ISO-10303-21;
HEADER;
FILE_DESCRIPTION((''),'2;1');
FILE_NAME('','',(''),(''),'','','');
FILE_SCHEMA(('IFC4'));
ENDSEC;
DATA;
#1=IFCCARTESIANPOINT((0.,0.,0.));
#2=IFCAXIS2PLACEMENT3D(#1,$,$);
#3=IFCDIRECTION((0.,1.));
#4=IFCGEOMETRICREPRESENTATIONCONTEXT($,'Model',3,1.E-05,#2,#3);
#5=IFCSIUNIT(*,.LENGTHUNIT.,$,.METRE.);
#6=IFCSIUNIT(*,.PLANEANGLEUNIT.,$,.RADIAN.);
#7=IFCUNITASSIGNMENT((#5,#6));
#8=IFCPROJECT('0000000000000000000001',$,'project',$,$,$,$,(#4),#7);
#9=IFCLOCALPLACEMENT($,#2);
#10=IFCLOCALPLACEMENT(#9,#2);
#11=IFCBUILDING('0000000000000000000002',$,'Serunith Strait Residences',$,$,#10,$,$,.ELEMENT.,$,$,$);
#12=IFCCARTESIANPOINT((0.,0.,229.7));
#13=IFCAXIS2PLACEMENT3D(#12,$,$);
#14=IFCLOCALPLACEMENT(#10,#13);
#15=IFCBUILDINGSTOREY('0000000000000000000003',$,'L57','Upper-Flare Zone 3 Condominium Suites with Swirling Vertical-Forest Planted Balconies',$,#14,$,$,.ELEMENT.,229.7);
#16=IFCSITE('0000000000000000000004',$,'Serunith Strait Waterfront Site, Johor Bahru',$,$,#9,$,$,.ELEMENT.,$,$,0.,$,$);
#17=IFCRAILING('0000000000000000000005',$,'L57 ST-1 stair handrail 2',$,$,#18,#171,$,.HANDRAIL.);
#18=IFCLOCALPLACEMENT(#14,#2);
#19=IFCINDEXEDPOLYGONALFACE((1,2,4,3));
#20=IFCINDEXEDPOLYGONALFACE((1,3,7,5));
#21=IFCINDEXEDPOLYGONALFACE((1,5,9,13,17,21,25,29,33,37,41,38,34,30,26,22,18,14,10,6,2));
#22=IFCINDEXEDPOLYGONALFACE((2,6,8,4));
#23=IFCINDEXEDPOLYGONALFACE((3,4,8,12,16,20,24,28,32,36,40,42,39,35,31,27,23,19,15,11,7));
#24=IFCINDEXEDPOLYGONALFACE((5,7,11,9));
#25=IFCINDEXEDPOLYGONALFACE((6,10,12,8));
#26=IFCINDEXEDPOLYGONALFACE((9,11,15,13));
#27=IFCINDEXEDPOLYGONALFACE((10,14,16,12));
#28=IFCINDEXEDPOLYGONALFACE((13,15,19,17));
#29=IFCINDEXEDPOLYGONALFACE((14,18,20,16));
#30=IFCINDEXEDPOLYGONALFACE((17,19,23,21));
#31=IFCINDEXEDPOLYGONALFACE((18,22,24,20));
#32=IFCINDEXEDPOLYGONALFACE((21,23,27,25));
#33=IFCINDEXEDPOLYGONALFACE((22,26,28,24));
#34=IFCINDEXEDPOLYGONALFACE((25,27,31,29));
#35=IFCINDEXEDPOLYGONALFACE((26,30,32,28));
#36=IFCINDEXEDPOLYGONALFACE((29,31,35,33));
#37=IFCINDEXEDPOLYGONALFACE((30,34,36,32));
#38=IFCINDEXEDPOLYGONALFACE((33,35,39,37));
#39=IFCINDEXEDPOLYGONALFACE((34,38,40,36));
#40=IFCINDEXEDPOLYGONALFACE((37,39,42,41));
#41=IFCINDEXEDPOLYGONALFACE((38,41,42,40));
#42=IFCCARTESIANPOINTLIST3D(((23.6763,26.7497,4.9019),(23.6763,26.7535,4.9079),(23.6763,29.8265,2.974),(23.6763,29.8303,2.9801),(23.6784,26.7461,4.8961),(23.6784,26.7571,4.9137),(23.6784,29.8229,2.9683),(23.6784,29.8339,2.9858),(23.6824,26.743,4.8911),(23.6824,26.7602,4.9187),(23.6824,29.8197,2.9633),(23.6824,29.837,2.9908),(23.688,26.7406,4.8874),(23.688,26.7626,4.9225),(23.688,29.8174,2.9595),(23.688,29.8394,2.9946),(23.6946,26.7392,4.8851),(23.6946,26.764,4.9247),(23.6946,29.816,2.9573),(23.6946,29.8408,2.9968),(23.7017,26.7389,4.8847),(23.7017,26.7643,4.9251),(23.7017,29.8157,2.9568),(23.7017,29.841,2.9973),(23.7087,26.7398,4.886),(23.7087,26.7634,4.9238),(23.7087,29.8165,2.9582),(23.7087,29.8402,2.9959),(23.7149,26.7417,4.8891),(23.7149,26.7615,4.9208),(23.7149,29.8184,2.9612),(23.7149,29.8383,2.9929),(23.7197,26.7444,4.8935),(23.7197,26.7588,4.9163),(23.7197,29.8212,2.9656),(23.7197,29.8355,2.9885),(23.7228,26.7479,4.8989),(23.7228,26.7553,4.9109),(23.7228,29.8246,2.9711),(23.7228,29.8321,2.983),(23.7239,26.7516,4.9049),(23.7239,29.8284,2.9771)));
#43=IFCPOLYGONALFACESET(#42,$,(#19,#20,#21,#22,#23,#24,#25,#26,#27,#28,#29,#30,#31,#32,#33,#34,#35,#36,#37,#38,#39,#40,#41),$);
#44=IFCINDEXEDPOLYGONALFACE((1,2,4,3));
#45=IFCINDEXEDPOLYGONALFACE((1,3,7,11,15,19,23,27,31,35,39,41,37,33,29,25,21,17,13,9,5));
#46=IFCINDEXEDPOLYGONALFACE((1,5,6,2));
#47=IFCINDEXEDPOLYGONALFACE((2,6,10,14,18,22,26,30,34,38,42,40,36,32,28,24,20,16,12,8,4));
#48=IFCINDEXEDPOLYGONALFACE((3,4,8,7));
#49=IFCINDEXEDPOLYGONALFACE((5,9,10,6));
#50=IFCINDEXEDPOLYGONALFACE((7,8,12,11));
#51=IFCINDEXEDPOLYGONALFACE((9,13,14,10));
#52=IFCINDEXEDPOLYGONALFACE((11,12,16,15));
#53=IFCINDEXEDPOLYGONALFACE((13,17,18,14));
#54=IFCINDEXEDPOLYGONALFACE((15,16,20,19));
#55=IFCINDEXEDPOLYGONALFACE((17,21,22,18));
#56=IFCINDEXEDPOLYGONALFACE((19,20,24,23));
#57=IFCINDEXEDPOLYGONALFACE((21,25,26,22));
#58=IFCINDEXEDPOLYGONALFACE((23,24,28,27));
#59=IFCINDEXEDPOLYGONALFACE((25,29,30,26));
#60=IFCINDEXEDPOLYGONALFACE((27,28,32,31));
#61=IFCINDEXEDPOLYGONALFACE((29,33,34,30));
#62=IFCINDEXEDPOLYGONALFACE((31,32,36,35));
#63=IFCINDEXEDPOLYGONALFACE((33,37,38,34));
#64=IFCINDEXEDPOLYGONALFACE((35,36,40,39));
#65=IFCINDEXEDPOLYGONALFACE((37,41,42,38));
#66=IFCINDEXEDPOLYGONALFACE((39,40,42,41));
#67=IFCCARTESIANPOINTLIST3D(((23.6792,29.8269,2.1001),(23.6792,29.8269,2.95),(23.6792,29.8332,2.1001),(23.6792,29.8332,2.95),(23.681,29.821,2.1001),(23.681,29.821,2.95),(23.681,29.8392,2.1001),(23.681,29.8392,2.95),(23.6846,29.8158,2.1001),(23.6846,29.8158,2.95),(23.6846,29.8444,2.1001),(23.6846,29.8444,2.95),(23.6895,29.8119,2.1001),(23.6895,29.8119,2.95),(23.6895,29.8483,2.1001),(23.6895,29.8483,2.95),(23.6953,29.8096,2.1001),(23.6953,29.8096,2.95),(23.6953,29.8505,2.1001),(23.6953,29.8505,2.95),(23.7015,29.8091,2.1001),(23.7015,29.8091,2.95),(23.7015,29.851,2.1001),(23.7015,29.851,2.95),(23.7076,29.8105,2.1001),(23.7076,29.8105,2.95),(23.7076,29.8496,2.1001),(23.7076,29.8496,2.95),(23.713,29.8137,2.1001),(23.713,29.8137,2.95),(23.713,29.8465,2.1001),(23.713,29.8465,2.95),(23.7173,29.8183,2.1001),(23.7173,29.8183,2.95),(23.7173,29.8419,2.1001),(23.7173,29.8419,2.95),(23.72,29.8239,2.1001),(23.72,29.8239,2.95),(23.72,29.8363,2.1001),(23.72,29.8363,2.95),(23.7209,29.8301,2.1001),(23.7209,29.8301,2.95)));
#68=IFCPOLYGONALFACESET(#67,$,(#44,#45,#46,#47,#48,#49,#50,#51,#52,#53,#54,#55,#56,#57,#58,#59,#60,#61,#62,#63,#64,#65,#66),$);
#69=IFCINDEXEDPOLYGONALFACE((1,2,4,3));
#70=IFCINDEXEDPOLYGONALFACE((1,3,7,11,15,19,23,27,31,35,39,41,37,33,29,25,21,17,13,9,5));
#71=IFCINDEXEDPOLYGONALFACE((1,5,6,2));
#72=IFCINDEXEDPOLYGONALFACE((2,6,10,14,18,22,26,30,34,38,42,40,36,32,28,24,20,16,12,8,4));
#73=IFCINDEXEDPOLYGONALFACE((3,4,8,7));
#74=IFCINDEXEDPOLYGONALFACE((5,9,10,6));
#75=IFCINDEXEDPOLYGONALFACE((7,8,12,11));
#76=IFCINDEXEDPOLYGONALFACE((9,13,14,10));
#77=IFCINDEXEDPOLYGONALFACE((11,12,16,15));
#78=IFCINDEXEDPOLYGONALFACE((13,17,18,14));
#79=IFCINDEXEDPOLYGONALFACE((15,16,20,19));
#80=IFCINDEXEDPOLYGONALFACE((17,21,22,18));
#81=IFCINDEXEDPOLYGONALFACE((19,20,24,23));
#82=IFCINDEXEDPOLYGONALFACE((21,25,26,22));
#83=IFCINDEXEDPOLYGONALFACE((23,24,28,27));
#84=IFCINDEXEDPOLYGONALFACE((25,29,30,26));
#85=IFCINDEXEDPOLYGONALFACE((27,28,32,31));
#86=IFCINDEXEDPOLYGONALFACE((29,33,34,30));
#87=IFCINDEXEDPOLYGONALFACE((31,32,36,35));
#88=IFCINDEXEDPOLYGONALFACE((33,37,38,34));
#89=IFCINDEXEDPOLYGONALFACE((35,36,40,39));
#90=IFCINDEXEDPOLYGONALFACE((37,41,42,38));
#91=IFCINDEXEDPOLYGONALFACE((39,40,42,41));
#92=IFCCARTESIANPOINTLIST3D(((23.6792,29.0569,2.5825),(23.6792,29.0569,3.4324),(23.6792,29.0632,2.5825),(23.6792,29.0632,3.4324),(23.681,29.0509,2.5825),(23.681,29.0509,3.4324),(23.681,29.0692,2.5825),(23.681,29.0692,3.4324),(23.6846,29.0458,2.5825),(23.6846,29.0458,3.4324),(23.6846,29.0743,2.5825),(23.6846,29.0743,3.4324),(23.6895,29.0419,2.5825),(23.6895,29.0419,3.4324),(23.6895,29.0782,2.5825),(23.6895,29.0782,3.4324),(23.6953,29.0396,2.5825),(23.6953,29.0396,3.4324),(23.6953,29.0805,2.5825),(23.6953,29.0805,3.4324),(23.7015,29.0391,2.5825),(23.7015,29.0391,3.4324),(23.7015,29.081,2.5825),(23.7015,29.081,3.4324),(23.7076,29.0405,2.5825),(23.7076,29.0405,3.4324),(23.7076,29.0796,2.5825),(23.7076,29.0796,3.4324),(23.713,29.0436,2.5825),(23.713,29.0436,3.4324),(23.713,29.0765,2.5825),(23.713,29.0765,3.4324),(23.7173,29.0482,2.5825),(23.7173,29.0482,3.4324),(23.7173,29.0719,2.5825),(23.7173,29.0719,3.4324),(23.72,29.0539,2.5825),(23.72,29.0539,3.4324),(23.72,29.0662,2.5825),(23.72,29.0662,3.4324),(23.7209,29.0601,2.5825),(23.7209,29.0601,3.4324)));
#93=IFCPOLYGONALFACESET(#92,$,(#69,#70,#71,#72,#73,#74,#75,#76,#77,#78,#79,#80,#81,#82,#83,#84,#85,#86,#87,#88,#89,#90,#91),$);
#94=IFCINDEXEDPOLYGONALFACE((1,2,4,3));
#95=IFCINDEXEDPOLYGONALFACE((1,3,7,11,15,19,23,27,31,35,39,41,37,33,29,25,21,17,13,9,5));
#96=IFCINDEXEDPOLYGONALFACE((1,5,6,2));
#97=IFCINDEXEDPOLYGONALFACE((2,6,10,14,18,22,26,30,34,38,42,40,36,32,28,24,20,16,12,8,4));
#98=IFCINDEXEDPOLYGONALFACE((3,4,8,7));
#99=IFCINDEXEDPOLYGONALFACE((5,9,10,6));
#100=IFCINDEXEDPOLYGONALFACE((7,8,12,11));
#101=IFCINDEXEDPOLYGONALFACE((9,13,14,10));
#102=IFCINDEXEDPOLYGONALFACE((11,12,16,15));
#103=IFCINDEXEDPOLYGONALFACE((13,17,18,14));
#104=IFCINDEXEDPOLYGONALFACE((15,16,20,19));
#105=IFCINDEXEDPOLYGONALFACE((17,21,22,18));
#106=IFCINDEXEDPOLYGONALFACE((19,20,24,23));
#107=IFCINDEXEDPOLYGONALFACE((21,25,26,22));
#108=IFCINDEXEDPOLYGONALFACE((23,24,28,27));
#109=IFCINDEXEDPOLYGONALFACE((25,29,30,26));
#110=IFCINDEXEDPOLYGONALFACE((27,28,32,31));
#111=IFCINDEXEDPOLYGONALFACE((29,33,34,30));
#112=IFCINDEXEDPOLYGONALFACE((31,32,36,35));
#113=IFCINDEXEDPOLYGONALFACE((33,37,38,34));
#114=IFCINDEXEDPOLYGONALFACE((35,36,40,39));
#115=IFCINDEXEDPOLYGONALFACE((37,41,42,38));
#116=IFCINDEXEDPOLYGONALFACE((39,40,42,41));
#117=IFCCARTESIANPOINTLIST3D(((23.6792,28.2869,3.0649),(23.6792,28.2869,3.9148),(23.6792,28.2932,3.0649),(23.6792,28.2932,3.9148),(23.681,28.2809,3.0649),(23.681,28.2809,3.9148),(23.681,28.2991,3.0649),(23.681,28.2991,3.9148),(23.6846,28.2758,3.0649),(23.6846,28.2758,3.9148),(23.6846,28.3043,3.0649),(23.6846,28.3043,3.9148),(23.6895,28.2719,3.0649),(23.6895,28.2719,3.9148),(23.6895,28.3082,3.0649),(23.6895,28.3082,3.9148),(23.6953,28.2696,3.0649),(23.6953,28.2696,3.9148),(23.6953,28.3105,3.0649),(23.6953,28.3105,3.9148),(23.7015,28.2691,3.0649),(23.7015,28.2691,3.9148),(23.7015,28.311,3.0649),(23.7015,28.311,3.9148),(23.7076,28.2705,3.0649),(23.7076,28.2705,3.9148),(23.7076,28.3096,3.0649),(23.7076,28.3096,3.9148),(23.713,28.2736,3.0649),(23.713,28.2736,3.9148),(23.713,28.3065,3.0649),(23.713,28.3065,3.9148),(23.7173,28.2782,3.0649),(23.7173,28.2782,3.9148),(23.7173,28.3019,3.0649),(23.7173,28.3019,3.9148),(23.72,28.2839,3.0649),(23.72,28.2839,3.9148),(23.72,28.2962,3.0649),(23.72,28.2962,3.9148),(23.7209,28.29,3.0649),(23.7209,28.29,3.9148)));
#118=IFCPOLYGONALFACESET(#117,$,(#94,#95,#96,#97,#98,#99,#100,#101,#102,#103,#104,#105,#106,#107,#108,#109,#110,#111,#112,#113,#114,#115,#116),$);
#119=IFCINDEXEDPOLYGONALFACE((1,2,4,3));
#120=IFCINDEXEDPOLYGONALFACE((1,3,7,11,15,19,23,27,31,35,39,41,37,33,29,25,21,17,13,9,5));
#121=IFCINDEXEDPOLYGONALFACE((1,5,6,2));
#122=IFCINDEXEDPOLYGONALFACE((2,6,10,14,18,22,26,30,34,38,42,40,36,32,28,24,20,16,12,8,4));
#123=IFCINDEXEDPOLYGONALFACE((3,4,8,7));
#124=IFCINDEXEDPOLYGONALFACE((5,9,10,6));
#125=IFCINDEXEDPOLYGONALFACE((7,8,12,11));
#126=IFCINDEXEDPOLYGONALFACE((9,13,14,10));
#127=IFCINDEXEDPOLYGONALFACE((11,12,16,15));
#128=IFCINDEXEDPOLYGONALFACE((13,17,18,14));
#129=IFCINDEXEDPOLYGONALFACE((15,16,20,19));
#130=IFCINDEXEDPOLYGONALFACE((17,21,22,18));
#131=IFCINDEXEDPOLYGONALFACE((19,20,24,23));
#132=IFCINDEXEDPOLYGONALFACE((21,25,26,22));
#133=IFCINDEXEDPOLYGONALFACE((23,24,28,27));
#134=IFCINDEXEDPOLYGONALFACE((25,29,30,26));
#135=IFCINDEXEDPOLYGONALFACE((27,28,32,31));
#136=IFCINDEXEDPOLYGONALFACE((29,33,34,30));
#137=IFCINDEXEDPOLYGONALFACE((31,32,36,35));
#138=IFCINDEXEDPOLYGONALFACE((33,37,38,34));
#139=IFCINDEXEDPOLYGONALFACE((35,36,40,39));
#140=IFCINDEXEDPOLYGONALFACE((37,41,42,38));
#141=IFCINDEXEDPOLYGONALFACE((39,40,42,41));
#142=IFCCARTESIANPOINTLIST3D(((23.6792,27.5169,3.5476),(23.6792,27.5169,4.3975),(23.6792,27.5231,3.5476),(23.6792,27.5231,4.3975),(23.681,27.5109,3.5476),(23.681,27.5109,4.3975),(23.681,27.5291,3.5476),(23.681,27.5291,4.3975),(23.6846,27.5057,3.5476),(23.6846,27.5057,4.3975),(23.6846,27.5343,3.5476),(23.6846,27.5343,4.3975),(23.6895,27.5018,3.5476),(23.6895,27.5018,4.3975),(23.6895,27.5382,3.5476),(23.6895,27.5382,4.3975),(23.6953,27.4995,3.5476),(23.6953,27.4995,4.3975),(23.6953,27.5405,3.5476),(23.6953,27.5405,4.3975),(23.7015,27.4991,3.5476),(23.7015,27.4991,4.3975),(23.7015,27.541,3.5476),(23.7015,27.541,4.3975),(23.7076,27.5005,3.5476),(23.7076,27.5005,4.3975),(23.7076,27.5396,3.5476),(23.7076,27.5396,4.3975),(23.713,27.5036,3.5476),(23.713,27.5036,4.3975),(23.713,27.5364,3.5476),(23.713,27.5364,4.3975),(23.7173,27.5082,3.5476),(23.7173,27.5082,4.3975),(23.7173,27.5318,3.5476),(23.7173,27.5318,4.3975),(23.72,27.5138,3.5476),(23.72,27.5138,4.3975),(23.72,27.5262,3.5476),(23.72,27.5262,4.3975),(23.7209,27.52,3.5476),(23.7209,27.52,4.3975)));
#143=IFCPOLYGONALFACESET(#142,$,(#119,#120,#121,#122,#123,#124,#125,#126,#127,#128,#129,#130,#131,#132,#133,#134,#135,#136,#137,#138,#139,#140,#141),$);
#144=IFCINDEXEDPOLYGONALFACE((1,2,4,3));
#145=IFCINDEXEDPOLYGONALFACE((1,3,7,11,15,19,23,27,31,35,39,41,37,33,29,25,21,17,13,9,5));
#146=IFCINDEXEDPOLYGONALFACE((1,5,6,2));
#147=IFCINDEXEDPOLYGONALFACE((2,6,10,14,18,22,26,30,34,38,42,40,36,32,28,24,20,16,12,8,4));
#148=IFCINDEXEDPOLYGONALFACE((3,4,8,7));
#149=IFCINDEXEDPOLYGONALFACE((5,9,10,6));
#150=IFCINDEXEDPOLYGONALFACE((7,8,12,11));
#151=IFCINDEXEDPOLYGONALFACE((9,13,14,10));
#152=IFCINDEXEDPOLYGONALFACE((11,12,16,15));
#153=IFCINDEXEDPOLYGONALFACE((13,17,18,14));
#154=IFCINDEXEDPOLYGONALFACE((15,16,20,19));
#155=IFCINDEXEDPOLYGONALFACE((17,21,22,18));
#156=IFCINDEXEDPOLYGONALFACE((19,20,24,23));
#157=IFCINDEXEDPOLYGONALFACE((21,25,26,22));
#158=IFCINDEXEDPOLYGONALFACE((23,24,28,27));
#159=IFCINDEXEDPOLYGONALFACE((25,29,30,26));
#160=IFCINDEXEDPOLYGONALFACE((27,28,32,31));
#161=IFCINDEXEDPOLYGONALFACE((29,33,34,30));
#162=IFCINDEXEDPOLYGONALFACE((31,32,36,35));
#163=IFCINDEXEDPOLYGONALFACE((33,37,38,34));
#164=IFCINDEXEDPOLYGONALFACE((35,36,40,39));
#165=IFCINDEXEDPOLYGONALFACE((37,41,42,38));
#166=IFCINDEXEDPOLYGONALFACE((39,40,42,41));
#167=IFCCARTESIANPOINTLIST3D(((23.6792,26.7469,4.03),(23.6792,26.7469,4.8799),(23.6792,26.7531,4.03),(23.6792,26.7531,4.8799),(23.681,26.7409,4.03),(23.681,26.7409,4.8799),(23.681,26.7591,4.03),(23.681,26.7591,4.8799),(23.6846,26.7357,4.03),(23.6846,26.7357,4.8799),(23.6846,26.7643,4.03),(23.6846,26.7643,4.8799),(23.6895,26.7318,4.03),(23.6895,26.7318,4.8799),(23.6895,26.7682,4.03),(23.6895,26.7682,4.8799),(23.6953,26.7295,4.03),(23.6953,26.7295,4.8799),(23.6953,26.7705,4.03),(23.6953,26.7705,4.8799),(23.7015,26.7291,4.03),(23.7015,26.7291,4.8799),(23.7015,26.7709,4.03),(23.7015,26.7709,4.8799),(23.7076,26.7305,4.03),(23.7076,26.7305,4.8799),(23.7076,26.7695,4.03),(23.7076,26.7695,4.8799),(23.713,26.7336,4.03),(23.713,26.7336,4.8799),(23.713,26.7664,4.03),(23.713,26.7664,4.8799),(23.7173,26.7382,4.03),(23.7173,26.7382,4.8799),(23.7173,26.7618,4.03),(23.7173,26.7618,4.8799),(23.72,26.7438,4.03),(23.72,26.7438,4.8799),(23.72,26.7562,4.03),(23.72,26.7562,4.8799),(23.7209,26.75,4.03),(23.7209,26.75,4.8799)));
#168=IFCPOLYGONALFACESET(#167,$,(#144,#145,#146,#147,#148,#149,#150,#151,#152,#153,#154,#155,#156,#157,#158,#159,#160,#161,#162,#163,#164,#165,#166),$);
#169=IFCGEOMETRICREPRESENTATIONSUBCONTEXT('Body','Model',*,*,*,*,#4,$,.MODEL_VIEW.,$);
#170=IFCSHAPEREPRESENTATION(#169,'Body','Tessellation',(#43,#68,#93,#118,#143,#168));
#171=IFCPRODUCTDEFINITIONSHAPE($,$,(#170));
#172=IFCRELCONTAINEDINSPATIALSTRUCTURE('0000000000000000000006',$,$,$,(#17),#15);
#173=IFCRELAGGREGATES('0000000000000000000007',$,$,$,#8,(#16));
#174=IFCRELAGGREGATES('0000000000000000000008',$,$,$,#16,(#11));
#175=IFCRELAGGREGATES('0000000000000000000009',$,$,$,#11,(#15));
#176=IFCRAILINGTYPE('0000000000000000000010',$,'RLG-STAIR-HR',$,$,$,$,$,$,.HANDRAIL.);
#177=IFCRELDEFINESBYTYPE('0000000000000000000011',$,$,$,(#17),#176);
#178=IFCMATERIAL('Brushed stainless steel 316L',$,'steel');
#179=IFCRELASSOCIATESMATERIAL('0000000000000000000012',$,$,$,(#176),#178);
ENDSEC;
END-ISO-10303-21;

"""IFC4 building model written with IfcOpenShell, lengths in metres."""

from ifc_helpers import new_model, si_unit, direction, frame, origin, origin_2d, place, context, subcontext, project, spatial, circle, extrude, material, type_object, element, save


model = new_model("IFC4")

# Units and contexts
model_context = context("Model", 3, precision=1e-05, world=origin(), true_north=direction((0.0, 1.0)))
body_context = subcontext(model_context, "Body", "Model", "MODEL_VIEW")
ifc_project = project(units=[si_unit("LENGTHUNIT", "METRE"), si_unit("PLANEANGLEUNIT", "RADIAN")], contexts=[model_context])

# Site, building, storey
site_placement = place(None, origin())
site = spatial("IfcSite", under=ifc_project, at=site_placement, Name="Serunith Strait Waterfront Site, Johor Bahru", CompositionType="ELEMENT", RefElevation=0.0)
building_placement = place(site_placement, origin())
building = spatial("IfcBuilding", under=site, at=building_placement, Name="Serunith Strait Residences", CompositionType="ELEMENT")
storey_placement = place(building_placement, frame((0.0, 0.0, 229.7)))
storey = spatial("IfcBuildingStorey", under=building, at=storey_placement, Name="L57", Description="Upper-Flare Zone 3 Condominium Suites with Swirling Vertical-Forest Planted Balconies", CompositionType="ELEMENT", Elevation=229.7)

# Railing
ifc_material_1 = material(Name="Brushed stainless steel 316L", Category="steel")
railing_type_1 = type_object("IfcRailingType", Name="RLG-STAIR-HR", PredefinedType="HANDRAIL", material=ifc_material_1)
railing_1_placement = place(storey_placement, frame((23.7, 29.8301, 2.1001)))
element("IfcRailing", 1, at=railing_1_placement, inside=storey, type_object=railing_type_1, Name="L57 ST-1 stair handrail 2", PredefinedType="HANDRAIL", context=body_context, shape_type="SweptSolid", body=[
    extrude(circle(Radius=0.0239, at=origin_2d()), frame((0.0, -0.0017, 0.877), z_axis=(0.0, -0.847394, 0.530965), x_axis=(1.0, 0.0, 0.0)), (0.0, 0.0, 1.0), 3.6309),
    extrude(circle(Radius=0.021, at=origin_2d()), origin(), (0.0, 0.0, 1.0), 0.8499),
    extrude(circle(Radius=0.021, at=origin_2d()), frame((0.0, -0.77, 0.4824)), (0.0, 0.0, 1.0), 0.8499),
    extrude(circle(Radius=0.021, at=origin_2d()), frame((0.0, -1.54, 0.9648)), (0.0, 0.0, 1.0), 0.8499),
    extrude(circle(Radius=0.021, at=origin_2d()), frame((0.0, -2.3101, 1.4475)), (0.0, 0.0, 1.0), 0.8499),
    extrude(circle(Radius=0.021, at=origin_2d()), frame((0.0, -3.0801, 1.9299)), (0.0, 0.0, 1.0), 0.8499),
])

save(model, "model.ifc")
